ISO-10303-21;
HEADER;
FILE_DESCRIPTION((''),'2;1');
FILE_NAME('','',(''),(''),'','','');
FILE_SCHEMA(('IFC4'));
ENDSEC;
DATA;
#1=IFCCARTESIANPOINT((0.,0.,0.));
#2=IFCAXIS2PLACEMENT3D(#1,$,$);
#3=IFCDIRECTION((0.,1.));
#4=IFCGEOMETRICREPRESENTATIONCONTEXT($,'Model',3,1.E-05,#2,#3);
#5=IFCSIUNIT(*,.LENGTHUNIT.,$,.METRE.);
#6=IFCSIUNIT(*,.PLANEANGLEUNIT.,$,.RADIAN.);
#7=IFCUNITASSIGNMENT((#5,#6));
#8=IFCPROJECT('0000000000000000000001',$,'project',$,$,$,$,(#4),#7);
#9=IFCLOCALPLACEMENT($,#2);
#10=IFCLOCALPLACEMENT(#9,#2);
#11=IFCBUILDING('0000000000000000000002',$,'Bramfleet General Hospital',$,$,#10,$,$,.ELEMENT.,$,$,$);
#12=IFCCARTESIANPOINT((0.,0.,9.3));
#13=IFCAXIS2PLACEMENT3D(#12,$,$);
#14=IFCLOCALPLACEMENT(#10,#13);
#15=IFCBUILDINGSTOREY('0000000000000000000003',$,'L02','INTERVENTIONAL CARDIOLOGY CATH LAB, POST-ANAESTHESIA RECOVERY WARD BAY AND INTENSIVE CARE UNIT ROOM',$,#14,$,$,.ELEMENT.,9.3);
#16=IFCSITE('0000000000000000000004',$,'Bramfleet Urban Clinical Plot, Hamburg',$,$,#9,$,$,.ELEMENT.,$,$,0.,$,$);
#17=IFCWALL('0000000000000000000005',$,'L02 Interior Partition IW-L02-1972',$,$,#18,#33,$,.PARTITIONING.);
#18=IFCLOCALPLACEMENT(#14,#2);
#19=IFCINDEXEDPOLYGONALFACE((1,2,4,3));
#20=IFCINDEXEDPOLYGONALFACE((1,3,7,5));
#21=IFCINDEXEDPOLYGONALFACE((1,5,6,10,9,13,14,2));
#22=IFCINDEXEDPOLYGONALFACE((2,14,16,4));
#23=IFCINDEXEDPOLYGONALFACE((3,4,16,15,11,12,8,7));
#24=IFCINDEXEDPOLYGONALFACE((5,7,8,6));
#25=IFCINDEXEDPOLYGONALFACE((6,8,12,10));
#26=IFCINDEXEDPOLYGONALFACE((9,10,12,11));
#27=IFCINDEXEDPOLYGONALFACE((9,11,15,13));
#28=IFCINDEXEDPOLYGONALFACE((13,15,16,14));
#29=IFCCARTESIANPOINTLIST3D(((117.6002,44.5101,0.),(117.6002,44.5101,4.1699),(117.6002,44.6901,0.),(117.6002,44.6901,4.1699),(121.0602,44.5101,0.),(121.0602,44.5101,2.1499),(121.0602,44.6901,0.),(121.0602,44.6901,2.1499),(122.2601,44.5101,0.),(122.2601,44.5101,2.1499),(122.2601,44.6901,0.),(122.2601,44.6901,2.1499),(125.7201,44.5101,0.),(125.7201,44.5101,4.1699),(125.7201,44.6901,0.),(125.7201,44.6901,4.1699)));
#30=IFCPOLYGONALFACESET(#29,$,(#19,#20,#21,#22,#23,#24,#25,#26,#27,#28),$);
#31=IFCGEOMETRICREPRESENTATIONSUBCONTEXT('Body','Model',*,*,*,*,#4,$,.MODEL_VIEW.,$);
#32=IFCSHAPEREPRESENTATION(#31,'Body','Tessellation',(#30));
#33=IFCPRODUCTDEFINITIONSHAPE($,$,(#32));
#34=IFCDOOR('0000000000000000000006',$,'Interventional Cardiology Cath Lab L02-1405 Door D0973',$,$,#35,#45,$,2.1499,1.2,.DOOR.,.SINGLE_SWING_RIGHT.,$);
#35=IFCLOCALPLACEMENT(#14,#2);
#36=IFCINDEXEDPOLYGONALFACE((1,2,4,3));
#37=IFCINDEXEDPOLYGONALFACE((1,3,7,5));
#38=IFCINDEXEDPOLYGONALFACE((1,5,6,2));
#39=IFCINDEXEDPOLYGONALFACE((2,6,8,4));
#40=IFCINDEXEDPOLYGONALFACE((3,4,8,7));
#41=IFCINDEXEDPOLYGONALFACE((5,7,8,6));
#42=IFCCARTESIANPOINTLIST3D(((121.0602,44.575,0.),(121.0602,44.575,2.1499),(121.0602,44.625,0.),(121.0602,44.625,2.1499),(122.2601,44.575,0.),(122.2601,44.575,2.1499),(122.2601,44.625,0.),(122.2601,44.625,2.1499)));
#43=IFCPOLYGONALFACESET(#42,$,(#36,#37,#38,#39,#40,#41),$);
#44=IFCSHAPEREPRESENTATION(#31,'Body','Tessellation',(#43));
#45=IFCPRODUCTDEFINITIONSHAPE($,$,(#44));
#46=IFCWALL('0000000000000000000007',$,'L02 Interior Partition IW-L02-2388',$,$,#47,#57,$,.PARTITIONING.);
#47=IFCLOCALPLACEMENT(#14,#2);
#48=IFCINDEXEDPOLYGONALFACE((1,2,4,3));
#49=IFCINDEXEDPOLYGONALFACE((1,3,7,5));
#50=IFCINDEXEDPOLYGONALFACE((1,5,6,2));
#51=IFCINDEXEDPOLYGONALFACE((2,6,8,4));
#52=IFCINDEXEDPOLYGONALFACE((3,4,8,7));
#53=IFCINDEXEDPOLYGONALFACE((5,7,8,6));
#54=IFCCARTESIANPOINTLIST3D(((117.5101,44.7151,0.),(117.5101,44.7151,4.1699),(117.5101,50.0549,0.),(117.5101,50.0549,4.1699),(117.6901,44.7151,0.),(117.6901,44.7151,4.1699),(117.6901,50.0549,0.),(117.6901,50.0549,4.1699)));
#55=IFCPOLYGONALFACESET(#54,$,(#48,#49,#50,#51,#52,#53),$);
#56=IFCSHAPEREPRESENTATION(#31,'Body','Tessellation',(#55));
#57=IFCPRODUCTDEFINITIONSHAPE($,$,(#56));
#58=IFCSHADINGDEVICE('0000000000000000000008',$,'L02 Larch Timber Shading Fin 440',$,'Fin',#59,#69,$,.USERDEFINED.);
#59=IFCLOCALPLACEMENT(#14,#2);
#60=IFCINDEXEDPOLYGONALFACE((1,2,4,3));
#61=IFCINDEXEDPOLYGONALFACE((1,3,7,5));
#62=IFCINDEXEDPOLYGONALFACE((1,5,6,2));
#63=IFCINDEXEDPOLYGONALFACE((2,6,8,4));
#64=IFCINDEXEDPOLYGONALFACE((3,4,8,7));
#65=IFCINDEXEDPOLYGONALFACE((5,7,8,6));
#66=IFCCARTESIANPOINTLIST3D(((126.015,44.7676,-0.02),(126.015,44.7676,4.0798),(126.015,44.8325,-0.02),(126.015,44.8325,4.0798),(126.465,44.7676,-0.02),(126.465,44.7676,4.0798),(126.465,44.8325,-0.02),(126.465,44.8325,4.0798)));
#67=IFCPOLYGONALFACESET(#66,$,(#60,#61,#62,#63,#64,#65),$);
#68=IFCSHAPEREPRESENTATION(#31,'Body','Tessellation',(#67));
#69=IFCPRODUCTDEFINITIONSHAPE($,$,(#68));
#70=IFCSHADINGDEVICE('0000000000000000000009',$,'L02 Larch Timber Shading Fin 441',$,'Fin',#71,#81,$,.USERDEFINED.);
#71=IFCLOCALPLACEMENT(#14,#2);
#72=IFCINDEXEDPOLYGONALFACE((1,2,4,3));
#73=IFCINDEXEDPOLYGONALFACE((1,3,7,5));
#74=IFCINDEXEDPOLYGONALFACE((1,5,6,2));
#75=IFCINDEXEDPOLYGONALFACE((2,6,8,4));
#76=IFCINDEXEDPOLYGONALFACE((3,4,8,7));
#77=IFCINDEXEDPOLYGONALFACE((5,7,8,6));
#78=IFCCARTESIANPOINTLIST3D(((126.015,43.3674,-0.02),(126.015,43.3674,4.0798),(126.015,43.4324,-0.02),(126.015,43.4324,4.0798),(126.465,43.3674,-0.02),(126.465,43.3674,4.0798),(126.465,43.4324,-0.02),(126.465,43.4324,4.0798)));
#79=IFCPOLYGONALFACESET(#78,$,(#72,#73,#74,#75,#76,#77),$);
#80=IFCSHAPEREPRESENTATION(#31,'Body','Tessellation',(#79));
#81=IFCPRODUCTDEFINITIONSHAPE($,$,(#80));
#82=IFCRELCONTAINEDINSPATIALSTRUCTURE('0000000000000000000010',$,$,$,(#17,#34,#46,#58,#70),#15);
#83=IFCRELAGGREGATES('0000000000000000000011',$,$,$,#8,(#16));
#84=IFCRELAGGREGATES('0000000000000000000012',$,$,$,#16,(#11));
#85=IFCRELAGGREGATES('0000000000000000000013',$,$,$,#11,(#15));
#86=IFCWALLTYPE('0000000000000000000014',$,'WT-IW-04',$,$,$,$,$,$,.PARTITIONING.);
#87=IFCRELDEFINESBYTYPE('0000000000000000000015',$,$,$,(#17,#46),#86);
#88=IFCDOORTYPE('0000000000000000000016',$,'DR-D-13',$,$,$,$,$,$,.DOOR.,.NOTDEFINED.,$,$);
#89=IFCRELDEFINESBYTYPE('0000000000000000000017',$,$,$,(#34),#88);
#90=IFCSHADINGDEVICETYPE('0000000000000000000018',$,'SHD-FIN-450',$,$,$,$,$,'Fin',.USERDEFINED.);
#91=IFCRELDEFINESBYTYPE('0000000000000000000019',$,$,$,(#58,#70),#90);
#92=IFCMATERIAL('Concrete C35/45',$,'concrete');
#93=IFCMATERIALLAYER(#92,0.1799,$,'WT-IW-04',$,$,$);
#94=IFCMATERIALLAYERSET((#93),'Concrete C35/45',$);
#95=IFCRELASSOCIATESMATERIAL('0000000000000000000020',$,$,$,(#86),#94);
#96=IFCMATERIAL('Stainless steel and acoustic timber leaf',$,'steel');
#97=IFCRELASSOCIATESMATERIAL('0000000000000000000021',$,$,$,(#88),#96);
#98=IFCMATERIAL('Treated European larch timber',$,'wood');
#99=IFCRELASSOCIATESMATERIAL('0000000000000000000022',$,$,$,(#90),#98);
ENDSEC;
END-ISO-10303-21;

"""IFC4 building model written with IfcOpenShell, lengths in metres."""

from ifc_helpers import new_model, si_unit, direction, frame, frame_2d, origin, origin_2d, place, context, subcontext, project, spatial, rectangle, extrude, material, layer, layer_set, material_profile, profile_set, type_object, element, fill, save


model = new_model("IFC4")

# Units and contexts
model_context = context("Model", 3, precision=1e-05, world=origin(), true_north=direction((0.0, 1.0)))
body_context = subcontext(model_context, "Body", "Model", "MODEL_VIEW")
ifc_project = project(units=[si_unit("LENGTHUNIT", "METRE"), si_unit("PLANEANGLEUNIT", "RADIAN")], contexts=[model_context])

# Site, building, storey
site_placement = place(None, origin())
site = spatial("IfcSite", under=ifc_project, at=site_placement, Name="Bramfleet Urban Clinical Plot, Hamburg", CompositionType="ELEMENT", RefElevation=0.0)
building_placement = place(site_placement, origin())
building = spatial("IfcBuilding", under=site, at=building_placement, Name="Bramfleet General Hospital", CompositionType="ELEMENT")
storey_placement = place(building_placement, frame((0.0, 0.0, 9.3)))
storey = spatial("IfcBuildingStorey", under=building, at=storey_placement, Name="L02", Description="INTERVENTIONAL CARDIOLOGY CATH LAB, POST-ANAESTHESIA RECOVERY WARD BAY AND INTENSIVE CARE UNIT ROOM", CompositionType="ELEMENT", Elevation=9.3)

# Wall, opening, door
ifc_material_1 = material(Name="Concrete C35/45", Category="concrete")
ifc_layer_1 = layer(ifc_material_1, 0.1799, Name="WT-IW-04")
ifc_layer_set_1 = layer_set([ifc_layer_1], Name="Concrete C35/45")
wall_type = type_object("IfcWallType", Name="WT-IW-04", PredefinedType="PARTITIONING", material=ifc_layer_set_1)
wall_1_placement = place(storey_placement, frame((117.6001, 44.6001, 0.0), z_axis=(0.0, 0.0, 1.0), x_axis=(1.0, 0.0, 0.0)))
wall_1 = element("IfcWall", 1, at=wall_1_placement, inside=storey, type_object=wall_type, Name="L02 Interior Partition IW-L02-1972", PredefinedType="PARTITIONING", context=body_context, shape_type="SweptSolid", body=[
    extrude(rectangle(XDim=8.1199, YDim=0.1799, at=frame_2d((4.0601, 0.0))), origin(), (0.0, 0.0, 1.0), 4.1699),
])
opening_placement = place(wall_1_placement, frame((3.46, 0.0, 0.0)))
opening = element("IfcOpeningElement", 2, at=opening_placement, cuts=wall_1, PredefinedType="OPENING", context=body_context, shape_type="SweptSolid", body=[
    extrude(rectangle(XDim=1.2, YDim=2.1499, at=frame_2d((0.6001, 1.075))), frame((0.0, 0.0999, 0.0), z_axis=(0.0, -1.0, 0.0), x_axis=(1.0, 0.0, 0.0)), (0.0, 0.0, 1.0), 0.2),
])
ifc_material_2 = material(Name="Stainless steel and acoustic timber leaf", Category="steel")
door_type = type_object("IfcDoorType", Name="DR-D-13", OperationType="NOTDEFINED", PredefinedType="DOOR", material=ifc_material_2)
door_placement = place(opening_placement, origin())
door = element("IfcDoor", 3, at=door_placement, inside=storey, type_object=door_type, Name="Interventional Cardiology Cath Lab L02-1405 Door D0973", OperationType="SINGLE_SWING_RIGHT", OverallHeight=2.1499, OverallWidth=1.2, PredefinedType="DOOR", context=body_context, shape_type="SweptSolid", body=[
    extrude(rectangle(XDim=1.2, YDim=2.1499, at=frame_2d((0.6001, 1.075))), frame((0.0, 0.0249, 0.0), z_axis=(0.0, -1.0, 0.0), x_axis=(1.0, 0.0, 0.0)), (0.0, 0.0, 1.0), 0.05),
])
fill(opening, door)

# Wall
wall_2_placement = place(storey_placement, frame((117.6001, 44.7151, 0.0), z_axis=(0.0, 0.0, 1.0), x_axis=(0.0, 1.0, 0.0)))
element("IfcWall", 4, at=wall_2_placement, inside=storey, type_object=wall_type, Name="L02 Interior Partition IW-L02-2388", PredefinedType="PARTITIONING", context=body_context, shape_type="SweptSolid", body=[
    extrude(rectangle(XDim=5.3398, YDim=0.1799, at=frame_2d((2.6699, 0.0))), origin(), (0.0, 0.0, 1.0), 4.1699),
])

# Shading devices
ifc_material_3 = material(Name="Treated European larch timber", Category="wood")
ifc_material_profile_1 = material_profile(ifc_material_3, rectangle(XDim=0.0649, YDim=0.45, at=origin_2d()), Name="LARCH FIN 450x65")
ifc_profile_set_1 = profile_set([ifc_material_profile_1], Name="Treated European larch timber")
shading_device_type = type_object("IfcShadingDeviceType", Name="SHD-FIN-450", ElementType="Fin", PredefinedType="USERDEFINED", material=ifc_profile_set_1)
for number, where, z_axis, x_axis, name in (
    (5, (126.24, 44.8, -0.02), (0.0, 0.0, 1.0), (0.0, -1.0, 0.0), "L02 Larch Timber Shading Fin 440"),
    (6, (126.24, 43.3999, -0.02), (0.0, 0.0, 1.0), (0.0, -1.0, 0.0), "L02 Larch Timber Shading Fin 441"),
):
    element("IfcShadingDevice", number, at=place(storey_placement, frame(where, z_axis=z_axis, x_axis=x_axis)), inside=storey, type_object=shading_device_type, Name=name, ObjectType="Fin", PredefinedType="USERDEFINED", context=body_context, shape_type="SweptSolid", body=[
        extrude(rectangle(XDim=0.0649, YDim=0.45, at=origin_2d()), origin(), (0.0, 0.0, 1.0), 4.0999),
    ])

save(model, "model.ifc")
